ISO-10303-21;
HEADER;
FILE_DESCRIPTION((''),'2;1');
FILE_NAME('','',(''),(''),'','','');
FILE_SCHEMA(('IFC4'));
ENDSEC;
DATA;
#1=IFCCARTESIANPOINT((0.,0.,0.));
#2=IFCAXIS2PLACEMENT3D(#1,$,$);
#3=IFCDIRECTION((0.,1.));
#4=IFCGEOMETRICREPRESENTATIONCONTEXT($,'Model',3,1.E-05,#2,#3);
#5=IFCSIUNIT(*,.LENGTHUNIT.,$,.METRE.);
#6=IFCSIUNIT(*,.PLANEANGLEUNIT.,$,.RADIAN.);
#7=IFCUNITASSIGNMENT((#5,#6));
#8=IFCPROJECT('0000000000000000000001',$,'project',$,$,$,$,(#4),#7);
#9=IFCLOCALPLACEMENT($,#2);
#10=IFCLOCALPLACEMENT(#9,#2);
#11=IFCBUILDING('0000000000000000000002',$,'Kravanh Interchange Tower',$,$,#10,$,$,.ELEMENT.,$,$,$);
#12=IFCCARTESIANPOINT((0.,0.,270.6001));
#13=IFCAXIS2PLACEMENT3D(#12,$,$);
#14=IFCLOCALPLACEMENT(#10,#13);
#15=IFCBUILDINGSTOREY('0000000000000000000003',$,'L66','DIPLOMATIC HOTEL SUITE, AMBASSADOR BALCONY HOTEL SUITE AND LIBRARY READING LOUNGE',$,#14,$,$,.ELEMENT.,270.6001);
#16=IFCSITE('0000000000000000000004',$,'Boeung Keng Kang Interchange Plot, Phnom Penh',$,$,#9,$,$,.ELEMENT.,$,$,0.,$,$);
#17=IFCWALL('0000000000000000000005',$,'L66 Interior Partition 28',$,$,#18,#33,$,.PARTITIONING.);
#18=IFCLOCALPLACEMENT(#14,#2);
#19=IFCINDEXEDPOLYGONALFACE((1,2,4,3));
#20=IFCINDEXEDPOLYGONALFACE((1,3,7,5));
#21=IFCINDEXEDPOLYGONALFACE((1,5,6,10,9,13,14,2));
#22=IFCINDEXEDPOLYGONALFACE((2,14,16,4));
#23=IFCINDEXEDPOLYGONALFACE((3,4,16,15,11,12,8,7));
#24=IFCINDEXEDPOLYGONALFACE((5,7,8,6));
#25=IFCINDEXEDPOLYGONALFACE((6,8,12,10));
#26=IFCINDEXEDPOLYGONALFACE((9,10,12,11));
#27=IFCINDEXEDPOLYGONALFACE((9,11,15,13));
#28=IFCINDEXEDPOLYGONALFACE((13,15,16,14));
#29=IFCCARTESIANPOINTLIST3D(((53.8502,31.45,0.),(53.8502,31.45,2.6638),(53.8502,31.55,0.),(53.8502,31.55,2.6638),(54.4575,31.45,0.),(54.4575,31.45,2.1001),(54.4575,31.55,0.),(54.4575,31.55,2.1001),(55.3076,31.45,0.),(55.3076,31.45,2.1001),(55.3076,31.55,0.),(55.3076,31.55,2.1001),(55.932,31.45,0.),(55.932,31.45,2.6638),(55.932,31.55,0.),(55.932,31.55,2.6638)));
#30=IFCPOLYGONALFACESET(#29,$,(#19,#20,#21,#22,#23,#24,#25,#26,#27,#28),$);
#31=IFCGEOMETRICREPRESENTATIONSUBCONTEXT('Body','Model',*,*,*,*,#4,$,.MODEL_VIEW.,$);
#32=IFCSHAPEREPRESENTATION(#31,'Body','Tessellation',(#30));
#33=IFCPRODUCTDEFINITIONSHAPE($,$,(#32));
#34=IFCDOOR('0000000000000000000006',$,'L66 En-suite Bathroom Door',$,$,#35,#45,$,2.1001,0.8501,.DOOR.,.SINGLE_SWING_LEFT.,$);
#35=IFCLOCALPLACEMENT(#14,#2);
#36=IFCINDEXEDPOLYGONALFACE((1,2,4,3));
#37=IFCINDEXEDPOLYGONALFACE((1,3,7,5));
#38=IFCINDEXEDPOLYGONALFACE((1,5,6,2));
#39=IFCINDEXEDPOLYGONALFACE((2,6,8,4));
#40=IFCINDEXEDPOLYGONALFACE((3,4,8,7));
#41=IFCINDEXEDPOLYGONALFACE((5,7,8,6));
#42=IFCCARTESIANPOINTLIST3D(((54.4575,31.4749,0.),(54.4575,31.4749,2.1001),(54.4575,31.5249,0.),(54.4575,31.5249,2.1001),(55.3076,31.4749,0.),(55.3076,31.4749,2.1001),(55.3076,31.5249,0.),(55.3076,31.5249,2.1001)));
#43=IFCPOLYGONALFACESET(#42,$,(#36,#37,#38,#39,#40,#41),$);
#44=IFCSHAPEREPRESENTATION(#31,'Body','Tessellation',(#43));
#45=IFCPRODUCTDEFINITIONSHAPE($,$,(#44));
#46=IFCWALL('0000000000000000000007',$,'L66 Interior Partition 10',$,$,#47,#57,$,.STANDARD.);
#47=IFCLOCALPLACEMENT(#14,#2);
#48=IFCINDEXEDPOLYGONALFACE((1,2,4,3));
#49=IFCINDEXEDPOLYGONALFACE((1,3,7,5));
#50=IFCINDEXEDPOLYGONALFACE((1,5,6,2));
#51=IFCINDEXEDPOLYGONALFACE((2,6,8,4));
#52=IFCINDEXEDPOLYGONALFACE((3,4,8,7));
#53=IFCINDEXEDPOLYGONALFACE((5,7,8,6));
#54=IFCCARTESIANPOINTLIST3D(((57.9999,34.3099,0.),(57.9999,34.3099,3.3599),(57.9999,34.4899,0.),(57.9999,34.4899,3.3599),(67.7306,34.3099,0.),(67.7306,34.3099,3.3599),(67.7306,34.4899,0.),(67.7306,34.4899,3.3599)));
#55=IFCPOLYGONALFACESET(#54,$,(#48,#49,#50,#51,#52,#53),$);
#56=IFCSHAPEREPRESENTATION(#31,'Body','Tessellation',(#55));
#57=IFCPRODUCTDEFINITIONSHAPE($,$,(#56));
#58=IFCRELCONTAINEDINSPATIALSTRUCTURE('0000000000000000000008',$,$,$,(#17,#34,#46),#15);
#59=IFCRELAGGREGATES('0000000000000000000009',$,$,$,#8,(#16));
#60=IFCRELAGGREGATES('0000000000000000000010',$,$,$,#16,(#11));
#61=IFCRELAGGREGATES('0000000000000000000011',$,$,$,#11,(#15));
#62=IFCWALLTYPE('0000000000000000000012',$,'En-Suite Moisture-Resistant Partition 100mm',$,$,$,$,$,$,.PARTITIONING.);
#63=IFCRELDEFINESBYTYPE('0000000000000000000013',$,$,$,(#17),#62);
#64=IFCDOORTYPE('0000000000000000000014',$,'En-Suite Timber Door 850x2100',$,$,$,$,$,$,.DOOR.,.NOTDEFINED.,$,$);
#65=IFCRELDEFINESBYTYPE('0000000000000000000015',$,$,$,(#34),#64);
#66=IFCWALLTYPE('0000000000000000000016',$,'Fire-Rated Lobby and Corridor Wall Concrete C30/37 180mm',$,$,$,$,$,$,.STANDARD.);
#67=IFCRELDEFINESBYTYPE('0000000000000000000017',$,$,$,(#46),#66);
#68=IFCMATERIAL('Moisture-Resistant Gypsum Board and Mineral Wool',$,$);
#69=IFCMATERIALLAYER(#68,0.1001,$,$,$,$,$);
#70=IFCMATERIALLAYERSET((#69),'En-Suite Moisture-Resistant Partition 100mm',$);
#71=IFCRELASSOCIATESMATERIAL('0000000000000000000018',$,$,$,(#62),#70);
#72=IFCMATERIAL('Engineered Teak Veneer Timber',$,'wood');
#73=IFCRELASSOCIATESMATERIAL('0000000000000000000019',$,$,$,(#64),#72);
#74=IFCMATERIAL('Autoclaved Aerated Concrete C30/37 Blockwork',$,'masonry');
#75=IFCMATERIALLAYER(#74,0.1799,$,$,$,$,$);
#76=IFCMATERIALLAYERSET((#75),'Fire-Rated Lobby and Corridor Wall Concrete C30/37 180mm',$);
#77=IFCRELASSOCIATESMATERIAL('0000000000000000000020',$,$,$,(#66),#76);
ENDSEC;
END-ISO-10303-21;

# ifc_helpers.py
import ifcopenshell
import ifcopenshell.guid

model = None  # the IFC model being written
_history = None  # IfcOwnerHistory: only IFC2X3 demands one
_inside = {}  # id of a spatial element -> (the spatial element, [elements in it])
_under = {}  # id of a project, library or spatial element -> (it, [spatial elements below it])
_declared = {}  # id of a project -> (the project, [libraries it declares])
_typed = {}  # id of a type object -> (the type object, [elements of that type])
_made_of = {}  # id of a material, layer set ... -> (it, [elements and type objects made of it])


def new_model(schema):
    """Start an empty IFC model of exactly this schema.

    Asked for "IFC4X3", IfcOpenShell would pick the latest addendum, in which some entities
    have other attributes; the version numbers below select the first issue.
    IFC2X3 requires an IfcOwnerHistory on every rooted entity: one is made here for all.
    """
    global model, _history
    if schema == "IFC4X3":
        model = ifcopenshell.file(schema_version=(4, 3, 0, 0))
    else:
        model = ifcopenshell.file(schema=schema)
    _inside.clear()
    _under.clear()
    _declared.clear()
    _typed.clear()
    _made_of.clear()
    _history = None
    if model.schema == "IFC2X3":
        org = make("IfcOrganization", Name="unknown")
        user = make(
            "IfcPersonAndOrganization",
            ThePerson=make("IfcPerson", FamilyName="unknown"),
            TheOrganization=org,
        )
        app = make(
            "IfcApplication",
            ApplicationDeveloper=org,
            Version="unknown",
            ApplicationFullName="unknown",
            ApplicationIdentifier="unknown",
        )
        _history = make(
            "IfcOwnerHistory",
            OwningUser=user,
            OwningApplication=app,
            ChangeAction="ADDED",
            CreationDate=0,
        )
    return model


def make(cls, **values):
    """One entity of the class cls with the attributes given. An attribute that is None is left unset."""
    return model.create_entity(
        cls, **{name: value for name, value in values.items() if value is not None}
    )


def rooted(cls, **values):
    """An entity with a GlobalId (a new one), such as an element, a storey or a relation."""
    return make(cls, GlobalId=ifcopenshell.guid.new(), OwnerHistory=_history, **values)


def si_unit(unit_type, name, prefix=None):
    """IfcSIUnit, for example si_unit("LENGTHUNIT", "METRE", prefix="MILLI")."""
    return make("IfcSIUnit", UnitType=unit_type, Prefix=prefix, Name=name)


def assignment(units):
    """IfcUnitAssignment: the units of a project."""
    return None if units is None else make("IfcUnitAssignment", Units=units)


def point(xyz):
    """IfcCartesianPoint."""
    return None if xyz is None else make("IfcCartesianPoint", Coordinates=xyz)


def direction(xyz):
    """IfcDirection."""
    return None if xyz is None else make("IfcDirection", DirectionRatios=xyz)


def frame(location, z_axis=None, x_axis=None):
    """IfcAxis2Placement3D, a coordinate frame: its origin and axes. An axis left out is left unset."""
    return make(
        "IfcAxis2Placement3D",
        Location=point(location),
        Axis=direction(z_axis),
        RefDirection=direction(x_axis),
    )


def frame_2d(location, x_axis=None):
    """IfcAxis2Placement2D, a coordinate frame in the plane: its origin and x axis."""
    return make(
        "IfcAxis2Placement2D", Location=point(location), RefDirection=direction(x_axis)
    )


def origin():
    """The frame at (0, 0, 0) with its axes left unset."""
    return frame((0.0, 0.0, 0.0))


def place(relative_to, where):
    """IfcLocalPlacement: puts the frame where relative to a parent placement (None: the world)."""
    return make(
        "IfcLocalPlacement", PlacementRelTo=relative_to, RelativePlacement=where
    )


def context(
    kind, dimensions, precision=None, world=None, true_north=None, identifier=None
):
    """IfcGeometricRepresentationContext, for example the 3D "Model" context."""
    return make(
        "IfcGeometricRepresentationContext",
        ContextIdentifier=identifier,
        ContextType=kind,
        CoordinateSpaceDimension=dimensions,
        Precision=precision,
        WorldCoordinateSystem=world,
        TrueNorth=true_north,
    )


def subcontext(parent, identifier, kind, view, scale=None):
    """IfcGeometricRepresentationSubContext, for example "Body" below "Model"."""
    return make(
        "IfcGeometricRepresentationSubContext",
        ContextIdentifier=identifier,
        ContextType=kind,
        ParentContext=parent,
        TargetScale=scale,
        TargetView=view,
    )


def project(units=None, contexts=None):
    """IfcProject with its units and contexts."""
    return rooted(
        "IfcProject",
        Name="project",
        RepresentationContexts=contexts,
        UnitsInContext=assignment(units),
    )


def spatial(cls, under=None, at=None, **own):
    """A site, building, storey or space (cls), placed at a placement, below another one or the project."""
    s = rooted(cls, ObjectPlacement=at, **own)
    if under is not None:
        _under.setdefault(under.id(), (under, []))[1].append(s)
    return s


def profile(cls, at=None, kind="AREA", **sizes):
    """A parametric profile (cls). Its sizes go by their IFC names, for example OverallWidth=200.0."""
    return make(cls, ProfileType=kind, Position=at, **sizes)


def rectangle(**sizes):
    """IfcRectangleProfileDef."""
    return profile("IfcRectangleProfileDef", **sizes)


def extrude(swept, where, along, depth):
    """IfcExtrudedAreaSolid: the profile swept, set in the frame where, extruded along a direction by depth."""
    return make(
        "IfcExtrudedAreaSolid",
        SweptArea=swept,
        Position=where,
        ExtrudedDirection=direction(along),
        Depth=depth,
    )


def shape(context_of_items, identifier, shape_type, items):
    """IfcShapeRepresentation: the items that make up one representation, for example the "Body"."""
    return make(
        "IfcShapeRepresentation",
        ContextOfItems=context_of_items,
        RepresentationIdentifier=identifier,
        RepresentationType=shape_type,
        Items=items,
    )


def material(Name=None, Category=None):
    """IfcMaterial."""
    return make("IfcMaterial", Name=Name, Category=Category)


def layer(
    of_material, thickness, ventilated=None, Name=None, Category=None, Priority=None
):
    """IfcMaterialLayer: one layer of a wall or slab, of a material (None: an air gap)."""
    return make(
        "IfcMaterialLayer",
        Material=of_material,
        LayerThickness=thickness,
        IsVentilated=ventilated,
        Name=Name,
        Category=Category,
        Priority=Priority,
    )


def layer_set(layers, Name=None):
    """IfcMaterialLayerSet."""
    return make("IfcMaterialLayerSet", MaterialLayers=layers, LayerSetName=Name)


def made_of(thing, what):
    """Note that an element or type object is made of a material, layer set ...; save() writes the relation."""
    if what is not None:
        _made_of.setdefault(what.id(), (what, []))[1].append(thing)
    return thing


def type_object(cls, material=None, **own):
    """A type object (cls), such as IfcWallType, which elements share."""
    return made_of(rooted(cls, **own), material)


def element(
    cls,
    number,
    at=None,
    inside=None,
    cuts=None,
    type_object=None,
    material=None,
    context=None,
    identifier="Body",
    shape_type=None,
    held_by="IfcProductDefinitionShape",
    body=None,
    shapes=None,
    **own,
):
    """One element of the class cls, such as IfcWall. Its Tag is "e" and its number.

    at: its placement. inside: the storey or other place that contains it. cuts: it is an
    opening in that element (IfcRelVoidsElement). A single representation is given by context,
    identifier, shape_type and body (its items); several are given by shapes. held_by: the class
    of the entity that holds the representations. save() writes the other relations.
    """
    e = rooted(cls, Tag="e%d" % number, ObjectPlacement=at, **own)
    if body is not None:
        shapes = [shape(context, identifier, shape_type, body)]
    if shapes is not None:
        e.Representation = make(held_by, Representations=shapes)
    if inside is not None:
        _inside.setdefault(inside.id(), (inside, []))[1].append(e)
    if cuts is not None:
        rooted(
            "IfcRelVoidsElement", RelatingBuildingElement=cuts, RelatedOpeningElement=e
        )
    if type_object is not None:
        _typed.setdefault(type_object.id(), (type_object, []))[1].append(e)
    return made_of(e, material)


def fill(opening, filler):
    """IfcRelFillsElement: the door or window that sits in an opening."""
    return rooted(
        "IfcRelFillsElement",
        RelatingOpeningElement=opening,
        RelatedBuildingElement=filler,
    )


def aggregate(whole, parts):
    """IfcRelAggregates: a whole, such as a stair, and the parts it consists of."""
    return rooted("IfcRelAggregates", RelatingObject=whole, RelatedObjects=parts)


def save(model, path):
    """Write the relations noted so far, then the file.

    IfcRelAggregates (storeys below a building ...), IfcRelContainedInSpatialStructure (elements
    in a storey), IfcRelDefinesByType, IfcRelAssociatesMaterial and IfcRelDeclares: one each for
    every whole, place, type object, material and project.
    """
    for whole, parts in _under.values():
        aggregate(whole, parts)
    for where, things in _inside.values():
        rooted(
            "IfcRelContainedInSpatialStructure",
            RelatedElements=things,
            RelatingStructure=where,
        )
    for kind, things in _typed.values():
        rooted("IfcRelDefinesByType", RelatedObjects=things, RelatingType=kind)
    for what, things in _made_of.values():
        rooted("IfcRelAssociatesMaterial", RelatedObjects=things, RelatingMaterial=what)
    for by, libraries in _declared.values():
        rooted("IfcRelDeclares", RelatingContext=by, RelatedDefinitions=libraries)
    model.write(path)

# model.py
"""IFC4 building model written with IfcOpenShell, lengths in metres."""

from ifc_helpers import new_model, si_unit, direction, frame, frame_2d, origin, place, context, subcontext, project, spatial, rectangle, extrude, material, layer, layer_set, type_object, element, fill, save


model = new_model("IFC4")

# Units and contexts
model_context = context("Model", 3, precision=1e-05, world=origin(), true_north=direction((0.0, 1.0)))
body_context = subcontext(model_context, "Body", "Model", "MODEL_VIEW")
ifc_project = project(units=[si_unit("LENGTHUNIT", "METRE"), si_unit("PLANEANGLEUNIT", "RADIAN")], contexts=[model_context])

# Site, building, storey
site_placement = place(None, origin())
site = spatial("IfcSite", under=ifc_project, at=site_placement, Name="Boeung Keng Kang Interchange Plot, Phnom Penh", CompositionType="ELEMENT", RefElevation=0.0)
building_placement = place(site_placement, origin())
building = spatial("IfcBuilding", under=site, at=building_placement, Name="Kravanh Interchange Tower", CompositionType="ELEMENT")
storey_placement = place(building_placement, frame((0.0, 0.0, 270.6001)))
storey = spatial("IfcBuildingStorey", under=building, at=storey_placement, Name="L66", Description="DIPLOMATIC HOTEL SUITE, AMBASSADOR BALCONY HOTEL SUITE AND LIBRARY READING LOUNGE", CompositionType="ELEMENT", Elevation=270.6001)

# Shared definitions
ifc_material_1 = material(Name="Moisture-Resistant Gypsum Board and Mineral Wool")
ifc_layer_1 = layer(ifc_material_1, 0.1001)
ifc_layer_set_1 = layer_set([ifc_layer_1], Name="En-Suite Moisture-Resistant Partition 100mm")
wall_type_1 = type_object("IfcWallType", Name="En-Suite Moisture-Resistant Partition 100mm", PredefinedType="PARTITIONING", material=ifc_layer_set_1)

# Wall, opening, door
wall_1_placement = place(storey_placement, frame((53.8501, 31.5, 0.0), z_axis=(0.0, 0.0, 1.0), x_axis=(1.0, 0.0, 0.0)))
wall_1 = element("IfcWall", 1, at=wall_1_placement, inside=storey, type_object=wall_type_1, Name="L66 Interior Partition 28", PredefinedType="PARTITIONING", context=body_context, shape_type="SweptSolid", body=[
    extrude(rectangle(XDim=2.0818, YDim=0.1001, at=frame_2d((1.041, 0.0))), origin(), (0.0, 0.0, 1.0), 2.6638),
])
opening_1_placement = place(wall_1_placement, frame((0.6074, 0.0, 0.0)))
opening_1 = element("IfcOpeningElement", 2, at=opening_1_placement, cuts=wall_1, PredefinedType="OPENING", context=body_context, shape_type="SweptSolid", body=[
    extrude(rectangle(XDim=0.8501, YDim=2.1001, at=frame_2d((0.425, 1.05))), frame((0.0, 0.0601, 0.0), z_axis=(0.0, -1.0, 0.0), x_axis=(1.0, 0.0, 0.0)), (0.0, 0.0, 1.0), 0.1201),
])
ifc_material_2 = material(Name="Engineered Teak Veneer Timber", Category="wood")
door_type_1 = type_object("IfcDoorType", Name="En-Suite Timber Door 850x2100", OperationType="NOTDEFINED", PredefinedType="DOOR", material=ifc_material_2)
door_1_placement = place(opening_1_placement, origin())
door_1 = element("IfcDoor", 3, at=door_1_placement, inside=storey, type_object=door_type_1, Name="L66 En-suite Bathroom Door", OperationType="SINGLE_SWING_LEFT", OverallHeight=2.1001, OverallWidth=0.8501, PredefinedType="DOOR", context=body_context, shape_type="SweptSolid", body=[
    extrude(rectangle(XDim=0.8501, YDim=2.1001, at=frame_2d((0.425, 1.05))), frame((0.0, 0.0249, 0.0), z_axis=(0.0, -1.0, 0.0), x_axis=(1.0, 0.0, 0.0)), (0.0, 0.0, 1.0), 0.05),
])
fill(opening_1, door_1)

# Wall
ifc_material_3 = material(Name="Autoclaved Aerated Concrete C30/37 Blockwork", Category="masonry")
ifc_layer_2 = layer(ifc_material_3, 0.1799)
ifc_layer_set_2 = layer_set([ifc_layer_2], Name="Fire-Rated Lobby and Corridor Wall Concrete C30/37 180mm")
wall_type_2 = type_object("IfcWallType", Name="Fire-Rated Lobby and Corridor Wall Concrete C30/37 180mm", PredefinedType="STANDARD", material=ifc_layer_set_2)
wall_2_placement = place(storey_placement, frame((58.0, 34.3999, 0.0), z_axis=(0.0, 0.0, 1.0), x_axis=(1.0, 0.0, 0.0)))
element("IfcWall", 4, at=wall_2_placement, inside=storey, type_object=wall_type_2, Name="L66 Interior Partition 10", PredefinedType="STANDARD", context=body_context, shape_type="SweptSolid", body=[
    extrude(rectangle(XDim=9.7307, YDim=0.1799, at=frame_2d((4.8652, 0.0))), origin(), (0.0, 0.0, 1.0), 3.3599),
])

save(model, "model.ifc")
